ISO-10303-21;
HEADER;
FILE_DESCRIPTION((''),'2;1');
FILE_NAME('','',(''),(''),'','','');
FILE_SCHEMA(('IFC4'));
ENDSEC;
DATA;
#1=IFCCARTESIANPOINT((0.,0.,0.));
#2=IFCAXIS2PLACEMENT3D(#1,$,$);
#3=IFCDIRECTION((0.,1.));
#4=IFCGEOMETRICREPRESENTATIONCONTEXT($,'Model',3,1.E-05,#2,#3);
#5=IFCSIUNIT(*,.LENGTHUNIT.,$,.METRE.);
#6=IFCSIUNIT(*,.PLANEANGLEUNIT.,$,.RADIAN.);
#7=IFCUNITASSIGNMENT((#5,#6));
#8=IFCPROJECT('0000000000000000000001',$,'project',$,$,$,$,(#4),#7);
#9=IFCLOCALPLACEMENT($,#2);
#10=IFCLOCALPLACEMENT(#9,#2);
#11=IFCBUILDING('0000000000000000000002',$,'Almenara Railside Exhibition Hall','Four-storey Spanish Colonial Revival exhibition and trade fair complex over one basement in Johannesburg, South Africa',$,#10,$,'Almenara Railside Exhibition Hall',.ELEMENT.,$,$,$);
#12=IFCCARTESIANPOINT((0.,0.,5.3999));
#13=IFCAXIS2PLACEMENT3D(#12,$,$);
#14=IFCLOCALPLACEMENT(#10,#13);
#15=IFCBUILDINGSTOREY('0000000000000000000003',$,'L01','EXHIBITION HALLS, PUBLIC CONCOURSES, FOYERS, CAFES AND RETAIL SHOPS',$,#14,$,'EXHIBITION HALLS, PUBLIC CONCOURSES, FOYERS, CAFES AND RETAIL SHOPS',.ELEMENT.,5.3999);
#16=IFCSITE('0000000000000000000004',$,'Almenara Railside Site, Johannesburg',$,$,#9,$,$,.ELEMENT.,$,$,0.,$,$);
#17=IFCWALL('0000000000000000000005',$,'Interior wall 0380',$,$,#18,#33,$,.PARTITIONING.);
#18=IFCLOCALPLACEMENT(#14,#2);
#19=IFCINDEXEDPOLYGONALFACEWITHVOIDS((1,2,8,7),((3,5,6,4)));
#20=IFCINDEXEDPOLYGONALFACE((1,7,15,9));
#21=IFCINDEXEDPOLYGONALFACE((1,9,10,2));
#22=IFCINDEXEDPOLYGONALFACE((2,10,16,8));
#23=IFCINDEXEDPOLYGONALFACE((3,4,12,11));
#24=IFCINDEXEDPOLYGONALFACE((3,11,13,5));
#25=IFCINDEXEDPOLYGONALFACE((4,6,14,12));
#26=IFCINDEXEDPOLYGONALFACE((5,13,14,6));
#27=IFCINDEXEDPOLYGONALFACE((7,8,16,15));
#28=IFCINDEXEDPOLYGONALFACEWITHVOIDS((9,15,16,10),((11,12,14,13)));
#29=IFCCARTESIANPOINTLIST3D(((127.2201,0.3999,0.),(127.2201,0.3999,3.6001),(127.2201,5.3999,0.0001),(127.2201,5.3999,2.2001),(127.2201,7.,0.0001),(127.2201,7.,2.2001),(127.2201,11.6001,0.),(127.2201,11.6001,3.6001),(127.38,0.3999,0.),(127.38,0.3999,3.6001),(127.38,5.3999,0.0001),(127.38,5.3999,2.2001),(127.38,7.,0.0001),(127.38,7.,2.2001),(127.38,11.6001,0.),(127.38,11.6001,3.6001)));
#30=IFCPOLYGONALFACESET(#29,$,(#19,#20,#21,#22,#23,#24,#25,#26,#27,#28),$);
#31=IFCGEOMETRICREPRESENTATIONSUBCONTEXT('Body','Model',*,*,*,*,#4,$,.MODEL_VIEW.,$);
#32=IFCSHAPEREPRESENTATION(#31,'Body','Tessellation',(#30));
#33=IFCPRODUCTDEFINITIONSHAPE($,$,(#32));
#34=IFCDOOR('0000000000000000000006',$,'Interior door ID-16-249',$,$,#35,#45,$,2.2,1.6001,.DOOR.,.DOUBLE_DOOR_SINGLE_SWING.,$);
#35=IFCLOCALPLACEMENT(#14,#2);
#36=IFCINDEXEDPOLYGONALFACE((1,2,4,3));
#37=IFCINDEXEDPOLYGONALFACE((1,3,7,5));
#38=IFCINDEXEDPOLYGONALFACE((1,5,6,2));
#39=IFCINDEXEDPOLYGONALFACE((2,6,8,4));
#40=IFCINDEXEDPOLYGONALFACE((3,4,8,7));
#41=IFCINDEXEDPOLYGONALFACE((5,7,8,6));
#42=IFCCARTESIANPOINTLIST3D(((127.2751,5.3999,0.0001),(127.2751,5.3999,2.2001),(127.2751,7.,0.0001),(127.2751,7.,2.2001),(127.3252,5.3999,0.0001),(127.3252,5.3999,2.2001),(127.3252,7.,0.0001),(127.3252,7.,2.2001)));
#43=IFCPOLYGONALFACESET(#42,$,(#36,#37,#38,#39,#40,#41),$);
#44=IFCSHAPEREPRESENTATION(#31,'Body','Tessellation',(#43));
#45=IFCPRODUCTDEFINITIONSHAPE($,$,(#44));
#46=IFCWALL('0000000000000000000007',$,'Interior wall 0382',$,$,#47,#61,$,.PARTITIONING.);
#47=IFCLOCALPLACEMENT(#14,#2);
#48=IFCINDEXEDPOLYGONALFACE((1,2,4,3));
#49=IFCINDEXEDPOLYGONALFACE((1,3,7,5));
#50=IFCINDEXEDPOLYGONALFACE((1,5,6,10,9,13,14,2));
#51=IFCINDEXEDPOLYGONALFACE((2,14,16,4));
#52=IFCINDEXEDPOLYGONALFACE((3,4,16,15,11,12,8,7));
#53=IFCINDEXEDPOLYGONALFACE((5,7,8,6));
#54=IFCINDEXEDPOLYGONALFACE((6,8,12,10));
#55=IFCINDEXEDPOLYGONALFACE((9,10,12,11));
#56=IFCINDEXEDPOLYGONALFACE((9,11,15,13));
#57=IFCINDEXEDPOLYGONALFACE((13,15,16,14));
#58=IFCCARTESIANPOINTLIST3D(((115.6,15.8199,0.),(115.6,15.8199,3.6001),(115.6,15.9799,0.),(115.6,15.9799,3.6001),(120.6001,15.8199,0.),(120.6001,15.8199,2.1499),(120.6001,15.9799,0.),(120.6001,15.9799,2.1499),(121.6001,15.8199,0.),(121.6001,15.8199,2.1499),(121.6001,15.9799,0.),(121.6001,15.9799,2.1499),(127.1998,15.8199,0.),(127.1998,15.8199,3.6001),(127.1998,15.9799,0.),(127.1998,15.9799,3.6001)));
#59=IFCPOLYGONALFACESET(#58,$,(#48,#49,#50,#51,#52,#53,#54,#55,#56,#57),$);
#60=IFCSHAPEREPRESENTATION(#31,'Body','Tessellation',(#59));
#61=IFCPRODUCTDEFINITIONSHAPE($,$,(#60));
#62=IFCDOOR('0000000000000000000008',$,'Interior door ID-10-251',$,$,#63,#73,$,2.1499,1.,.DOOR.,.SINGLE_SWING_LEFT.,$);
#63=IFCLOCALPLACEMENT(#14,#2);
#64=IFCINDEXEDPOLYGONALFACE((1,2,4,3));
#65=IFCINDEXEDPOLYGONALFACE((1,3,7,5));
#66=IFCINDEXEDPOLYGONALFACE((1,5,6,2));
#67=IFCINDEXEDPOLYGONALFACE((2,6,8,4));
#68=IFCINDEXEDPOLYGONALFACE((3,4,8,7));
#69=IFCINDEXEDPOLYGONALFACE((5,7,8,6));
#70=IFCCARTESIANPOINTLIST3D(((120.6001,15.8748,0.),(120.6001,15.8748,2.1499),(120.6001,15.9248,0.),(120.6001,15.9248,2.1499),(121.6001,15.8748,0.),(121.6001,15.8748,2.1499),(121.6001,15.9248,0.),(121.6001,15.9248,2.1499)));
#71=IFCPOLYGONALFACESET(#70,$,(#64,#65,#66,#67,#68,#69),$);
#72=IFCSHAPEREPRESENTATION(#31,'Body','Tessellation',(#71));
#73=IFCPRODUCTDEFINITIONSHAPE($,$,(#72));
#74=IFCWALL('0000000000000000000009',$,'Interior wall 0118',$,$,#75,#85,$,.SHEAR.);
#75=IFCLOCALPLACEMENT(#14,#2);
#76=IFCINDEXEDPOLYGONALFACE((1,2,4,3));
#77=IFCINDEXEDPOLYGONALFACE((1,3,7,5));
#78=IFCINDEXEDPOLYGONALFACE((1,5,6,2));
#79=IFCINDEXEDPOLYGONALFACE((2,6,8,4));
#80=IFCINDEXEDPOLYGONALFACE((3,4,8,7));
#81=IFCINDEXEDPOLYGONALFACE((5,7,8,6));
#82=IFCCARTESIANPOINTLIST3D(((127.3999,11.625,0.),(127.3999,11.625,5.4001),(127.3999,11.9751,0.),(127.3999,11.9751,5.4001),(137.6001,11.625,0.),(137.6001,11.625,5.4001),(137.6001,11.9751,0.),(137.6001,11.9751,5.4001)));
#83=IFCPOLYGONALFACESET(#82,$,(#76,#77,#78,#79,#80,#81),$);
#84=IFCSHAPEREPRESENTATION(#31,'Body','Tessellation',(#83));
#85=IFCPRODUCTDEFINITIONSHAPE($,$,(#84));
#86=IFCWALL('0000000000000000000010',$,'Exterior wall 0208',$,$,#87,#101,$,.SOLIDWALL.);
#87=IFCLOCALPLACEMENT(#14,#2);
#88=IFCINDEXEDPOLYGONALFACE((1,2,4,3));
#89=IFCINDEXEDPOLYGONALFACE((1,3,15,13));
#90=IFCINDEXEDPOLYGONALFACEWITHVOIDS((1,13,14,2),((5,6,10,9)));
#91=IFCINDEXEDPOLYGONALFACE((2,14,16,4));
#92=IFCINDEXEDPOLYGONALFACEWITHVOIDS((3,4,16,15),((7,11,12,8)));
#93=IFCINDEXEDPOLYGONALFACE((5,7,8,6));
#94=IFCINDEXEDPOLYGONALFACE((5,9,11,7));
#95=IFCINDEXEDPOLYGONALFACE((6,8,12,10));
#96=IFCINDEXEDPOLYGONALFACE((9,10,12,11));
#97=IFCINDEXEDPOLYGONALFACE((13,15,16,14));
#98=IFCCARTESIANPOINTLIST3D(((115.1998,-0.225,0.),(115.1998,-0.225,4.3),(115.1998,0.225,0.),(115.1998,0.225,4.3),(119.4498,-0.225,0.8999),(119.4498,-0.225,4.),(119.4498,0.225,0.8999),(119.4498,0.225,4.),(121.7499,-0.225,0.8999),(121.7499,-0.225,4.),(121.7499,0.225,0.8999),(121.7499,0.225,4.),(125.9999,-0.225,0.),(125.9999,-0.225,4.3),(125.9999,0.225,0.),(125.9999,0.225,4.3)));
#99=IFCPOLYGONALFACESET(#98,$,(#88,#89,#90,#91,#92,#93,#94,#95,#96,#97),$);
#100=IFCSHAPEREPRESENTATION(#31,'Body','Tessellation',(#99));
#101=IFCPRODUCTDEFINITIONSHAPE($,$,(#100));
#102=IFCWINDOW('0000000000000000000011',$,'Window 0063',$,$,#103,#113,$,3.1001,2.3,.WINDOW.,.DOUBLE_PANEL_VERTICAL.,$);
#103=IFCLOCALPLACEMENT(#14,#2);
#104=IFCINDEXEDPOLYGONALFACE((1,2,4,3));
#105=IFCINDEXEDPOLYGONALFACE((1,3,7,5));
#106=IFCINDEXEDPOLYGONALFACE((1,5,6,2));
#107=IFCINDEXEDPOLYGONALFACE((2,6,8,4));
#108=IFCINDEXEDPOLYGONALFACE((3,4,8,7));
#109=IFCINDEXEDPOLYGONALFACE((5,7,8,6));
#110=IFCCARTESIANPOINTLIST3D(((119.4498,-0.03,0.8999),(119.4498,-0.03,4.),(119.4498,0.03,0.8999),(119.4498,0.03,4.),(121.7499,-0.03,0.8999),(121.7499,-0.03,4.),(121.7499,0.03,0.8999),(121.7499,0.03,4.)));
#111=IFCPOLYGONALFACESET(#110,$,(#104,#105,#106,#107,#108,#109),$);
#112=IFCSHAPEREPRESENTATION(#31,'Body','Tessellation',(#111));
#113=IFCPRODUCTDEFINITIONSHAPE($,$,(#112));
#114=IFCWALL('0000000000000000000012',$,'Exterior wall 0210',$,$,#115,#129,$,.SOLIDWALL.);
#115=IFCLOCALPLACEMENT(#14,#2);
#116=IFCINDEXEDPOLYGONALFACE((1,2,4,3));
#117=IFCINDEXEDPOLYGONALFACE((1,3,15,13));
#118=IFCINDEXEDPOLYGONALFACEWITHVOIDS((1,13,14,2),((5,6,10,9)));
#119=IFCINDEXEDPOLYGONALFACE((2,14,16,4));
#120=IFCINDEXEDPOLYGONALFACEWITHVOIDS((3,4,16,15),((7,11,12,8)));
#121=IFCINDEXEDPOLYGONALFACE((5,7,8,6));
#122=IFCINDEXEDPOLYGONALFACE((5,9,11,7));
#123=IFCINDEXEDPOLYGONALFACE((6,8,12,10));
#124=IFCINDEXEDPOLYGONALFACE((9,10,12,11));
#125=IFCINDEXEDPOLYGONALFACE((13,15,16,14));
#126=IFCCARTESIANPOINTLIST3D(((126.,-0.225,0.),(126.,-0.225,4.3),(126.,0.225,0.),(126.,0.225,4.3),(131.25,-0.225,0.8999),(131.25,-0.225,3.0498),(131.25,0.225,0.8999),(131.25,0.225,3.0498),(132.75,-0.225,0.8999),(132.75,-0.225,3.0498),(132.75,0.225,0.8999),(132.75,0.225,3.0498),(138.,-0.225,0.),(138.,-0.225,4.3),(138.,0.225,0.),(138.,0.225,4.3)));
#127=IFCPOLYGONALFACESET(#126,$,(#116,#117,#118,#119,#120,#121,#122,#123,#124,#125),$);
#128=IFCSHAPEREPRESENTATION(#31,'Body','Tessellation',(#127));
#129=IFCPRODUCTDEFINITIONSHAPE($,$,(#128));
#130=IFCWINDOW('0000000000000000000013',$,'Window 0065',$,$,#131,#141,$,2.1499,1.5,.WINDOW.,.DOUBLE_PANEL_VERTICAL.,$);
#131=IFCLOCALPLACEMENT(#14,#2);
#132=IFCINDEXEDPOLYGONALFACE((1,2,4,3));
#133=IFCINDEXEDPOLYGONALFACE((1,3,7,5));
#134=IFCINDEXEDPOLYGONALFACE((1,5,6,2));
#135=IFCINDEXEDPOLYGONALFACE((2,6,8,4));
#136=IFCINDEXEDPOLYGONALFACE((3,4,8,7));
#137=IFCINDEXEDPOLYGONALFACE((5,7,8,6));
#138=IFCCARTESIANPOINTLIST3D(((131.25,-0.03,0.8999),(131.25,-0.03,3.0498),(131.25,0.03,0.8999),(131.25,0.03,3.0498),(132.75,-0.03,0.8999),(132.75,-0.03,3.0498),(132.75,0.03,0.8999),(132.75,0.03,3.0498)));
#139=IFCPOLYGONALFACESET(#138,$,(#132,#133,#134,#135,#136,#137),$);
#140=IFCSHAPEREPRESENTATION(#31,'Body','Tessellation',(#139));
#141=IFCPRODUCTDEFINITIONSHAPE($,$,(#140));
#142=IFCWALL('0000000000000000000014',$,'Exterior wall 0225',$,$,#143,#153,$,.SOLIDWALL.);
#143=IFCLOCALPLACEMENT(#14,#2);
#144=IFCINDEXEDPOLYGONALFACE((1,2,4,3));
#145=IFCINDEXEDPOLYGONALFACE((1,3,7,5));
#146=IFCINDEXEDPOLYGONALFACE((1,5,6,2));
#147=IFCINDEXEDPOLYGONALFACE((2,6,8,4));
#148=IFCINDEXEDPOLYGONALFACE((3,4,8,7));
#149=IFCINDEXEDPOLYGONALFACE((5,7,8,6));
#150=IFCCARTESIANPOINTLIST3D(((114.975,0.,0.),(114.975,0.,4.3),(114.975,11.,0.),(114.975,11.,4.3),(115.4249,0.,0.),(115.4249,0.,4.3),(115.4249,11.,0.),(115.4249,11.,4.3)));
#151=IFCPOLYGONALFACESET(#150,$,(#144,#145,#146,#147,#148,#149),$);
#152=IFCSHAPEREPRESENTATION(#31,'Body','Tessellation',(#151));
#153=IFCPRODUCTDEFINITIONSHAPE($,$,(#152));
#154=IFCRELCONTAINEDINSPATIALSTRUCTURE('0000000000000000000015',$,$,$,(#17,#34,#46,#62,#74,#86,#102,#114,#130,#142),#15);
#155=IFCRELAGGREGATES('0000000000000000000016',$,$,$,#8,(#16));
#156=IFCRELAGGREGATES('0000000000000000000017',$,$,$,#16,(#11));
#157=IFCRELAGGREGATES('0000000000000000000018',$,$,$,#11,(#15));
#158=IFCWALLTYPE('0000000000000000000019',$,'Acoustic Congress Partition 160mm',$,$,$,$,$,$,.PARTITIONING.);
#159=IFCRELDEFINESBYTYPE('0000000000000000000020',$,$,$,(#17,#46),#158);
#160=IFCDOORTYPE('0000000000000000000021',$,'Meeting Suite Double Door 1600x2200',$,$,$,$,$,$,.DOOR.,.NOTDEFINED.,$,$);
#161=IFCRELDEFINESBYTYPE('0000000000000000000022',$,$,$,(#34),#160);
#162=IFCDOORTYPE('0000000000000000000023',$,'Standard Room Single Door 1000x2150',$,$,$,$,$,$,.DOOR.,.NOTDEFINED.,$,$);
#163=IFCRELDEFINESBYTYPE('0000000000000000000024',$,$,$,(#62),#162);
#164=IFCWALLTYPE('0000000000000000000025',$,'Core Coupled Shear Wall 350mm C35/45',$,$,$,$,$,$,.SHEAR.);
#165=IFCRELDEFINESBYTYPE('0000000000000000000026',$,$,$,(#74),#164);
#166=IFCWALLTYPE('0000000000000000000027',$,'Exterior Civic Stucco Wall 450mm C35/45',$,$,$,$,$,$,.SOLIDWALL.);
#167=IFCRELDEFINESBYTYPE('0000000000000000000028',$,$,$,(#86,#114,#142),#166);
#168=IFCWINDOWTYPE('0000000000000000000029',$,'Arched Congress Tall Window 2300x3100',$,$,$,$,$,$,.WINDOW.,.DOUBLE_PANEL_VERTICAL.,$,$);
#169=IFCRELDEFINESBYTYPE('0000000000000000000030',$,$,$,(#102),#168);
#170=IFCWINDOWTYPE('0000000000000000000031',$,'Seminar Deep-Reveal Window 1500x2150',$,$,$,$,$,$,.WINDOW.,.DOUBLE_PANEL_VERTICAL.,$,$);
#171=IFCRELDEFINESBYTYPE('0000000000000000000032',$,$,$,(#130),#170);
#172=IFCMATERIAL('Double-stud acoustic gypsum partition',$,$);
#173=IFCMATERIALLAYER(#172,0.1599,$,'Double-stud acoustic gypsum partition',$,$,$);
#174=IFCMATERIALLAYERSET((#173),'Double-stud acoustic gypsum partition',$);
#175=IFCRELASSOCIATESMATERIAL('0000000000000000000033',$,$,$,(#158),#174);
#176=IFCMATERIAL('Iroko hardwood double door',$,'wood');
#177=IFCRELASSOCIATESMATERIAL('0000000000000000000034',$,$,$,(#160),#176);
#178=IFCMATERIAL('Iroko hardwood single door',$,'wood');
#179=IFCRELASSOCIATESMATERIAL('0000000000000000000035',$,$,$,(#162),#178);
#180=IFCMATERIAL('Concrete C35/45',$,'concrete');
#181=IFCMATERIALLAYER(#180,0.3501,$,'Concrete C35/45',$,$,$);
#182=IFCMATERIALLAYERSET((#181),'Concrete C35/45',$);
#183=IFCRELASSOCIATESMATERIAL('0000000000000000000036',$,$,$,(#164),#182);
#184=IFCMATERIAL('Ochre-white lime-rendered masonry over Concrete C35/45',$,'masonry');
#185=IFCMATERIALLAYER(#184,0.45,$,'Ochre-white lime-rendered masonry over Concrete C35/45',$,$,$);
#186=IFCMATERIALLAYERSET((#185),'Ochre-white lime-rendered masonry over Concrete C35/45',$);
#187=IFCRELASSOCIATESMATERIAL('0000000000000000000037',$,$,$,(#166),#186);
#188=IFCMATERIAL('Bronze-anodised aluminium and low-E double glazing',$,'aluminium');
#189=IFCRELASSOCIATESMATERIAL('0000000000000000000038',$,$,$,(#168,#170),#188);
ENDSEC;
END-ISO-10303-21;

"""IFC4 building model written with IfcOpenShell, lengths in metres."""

from ifc_helpers import new_model, si_unit, direction, frame, frame_2d, origin, place, context, subcontext, project, spatial, rectangle, extrude, material, layer, layer_set, type_object, element, fill, save


model = new_model("IFC4")

# Units and contexts
model_context = context("Model", 3, precision=1e-05, world=origin(), true_north=direction((0.0, 1.0)))
body_context = subcontext(model_context, "Body", "Model", "MODEL_VIEW")
ifc_project = project(units=[si_unit("LENGTHUNIT", "METRE"), si_unit("PLANEANGLEUNIT", "RADIAN")], contexts=[model_context])

# Site, building, storey
site_placement = place(None, origin())
site = spatial("IfcSite", under=ifc_project, at=site_placement, Name="Almenara Railside Site, Johannesburg", CompositionType="ELEMENT", RefElevation=0.0)
building_placement = place(site_placement, origin())
building = spatial("IfcBuilding", under=site, at=building_placement, Name="Almenara Railside Exhibition Hall", Description="Four-storey Spanish Colonial Revival exhibition and trade fair complex over one basement in Johannesburg, South Africa", LongName="Almenara Railside Exhibition Hall", CompositionType="ELEMENT")
storey_placement = place(building_placement, frame((0.0, 0.0, 5.3999)))
storey = spatial("IfcBuildingStorey", under=building, at=storey_placement, Name="L01", Description="EXHIBITION HALLS, PUBLIC CONCOURSES, FOYERS, CAFES AND RETAIL SHOPS", LongName="EXHIBITION HALLS, PUBLIC CONCOURSES, FOYERS, CAFES AND RETAIL SHOPS", CompositionType="ELEMENT", Elevation=5.3999)

# Shared definitions
ifc_material_1 = material(Name="Concrete C35/45", Category="concrete")

# Walls, openings, doors
ifc_material_2 = material(Name="Double-stud acoustic gypsum partition")
ifc_layer_1 = layer(ifc_material_2, 0.1599, Name="Double-stud acoustic gypsum partition")
ifc_layer_set_1 = layer_set([ifc_layer_1], Name="Double-stud acoustic gypsum partition")
wall_type_1 = type_object("IfcWallType", Name="Acoustic Congress Partition 160mm", PredefinedType="PARTITIONING", material=ifc_layer_set_1)
wall_1_placement = place(storey_placement, frame((127.3, 0.3999, 0.0), z_axis=(0.0, 0.0, 1.0), x_axis=(0.0, 1.0, 0.0)))
wall_1 = element("IfcWall", 1, at=wall_1_placement, inside=storey, type_object=wall_type_1, Name="Interior wall 0380", PredefinedType="PARTITIONING", context=body_context, shape_type="SweptSolid", body=[
    extrude(rectangle(XDim=11.2002, YDim=0.1599, at=frame_2d((5.6001, 0.0))), origin(), (0.0, 0.0, 1.0), 3.6001),
])
opening_1_placement = place(wall_1_placement, frame((5.0, 0.0, 0.0)))
opening_1 = element("IfcOpeningElement", 2, at=opening_1_placement, cuts=wall_1, PredefinedType="OPENING", context=body_context, shape_type="SweptSolid", body=[
    extrude(rectangle(XDim=1.6001, YDim=2.2, at=frame_2d((0.8, 1.1001))), frame((0.0, 0.0898, 0.0), z_axis=(0.0, -1.0, 0.0), x_axis=(1.0, 0.0, 0.0)), (0.0, 0.0, 1.0), 0.1799),
])
ifc_material_3 = material(Name="Iroko hardwood double door", Category="wood")
door_type_1 = type_object("IfcDoorType", Name="Meeting Suite Double Door 1600x2200", OperationType="NOTDEFINED", PredefinedType="DOOR", material=ifc_material_3)
door_1_placement = place(opening_1_placement, origin())
door_1 = element("IfcDoor", 3, at=door_1_placement, inside=storey, type_object=door_type_1, Name="Interior door ID-16-249", OperationType="DOUBLE_DOOR_SINGLE_SWING", OverallHeight=2.2, OverallWidth=1.6001, PredefinedType="DOOR", context=body_context, shape_type="SweptSolid", body=[
    extrude(rectangle(XDim=1.6001, YDim=2.2, at=frame_2d((0.8, 1.1001))), frame((0.0, 0.0249, 0.0), z_axis=(0.0, -1.0, 0.0), x_axis=(1.0, 0.0, 0.0)), (0.0, 0.0, 1.0), 0.05),
])
fill(opening_1, door_1)
wall_2_placement = place(storey_placement, frame((115.6001, 15.8999, 0.0), z_axis=(0.0, 0.0, 1.0), x_axis=(1.0, 0.0, 0.0)))
wall_2 = element("IfcWall", 4, at=wall_2_placement, inside=storey, type_object=wall_type_1, Name="Interior wall 0382", PredefinedType="PARTITIONING", context=body_context, shape_type="SweptSolid", body=[
    extrude(rectangle(XDim=11.5999, YDim=0.1599, at=frame_2d((5.7998, 0.0))), origin(), (0.0, 0.0, 1.0), 3.6001),
])
opening_2_placement = place(wall_2_placement, frame((5.0, 0.0, 0.0)))
opening_2 = element("IfcOpeningElement", 5, at=opening_2_placement, cuts=wall_2, PredefinedType="OPENING", context=body_context, shape_type="SweptSolid", body=[
    extrude(rectangle(XDim=1.0, YDim=2.1499, at=frame_2d((0.5, 1.075))), frame((0.0, 0.0898, 0.0), z_axis=(0.0, -1.0, 0.0), x_axis=(1.0, 0.0, 0.0)), (0.0, 0.0, 1.0), 0.1799),
])
ifc_material_4 = material(Name="Iroko hardwood single door", Category="wood")
door_type_2 = type_object("IfcDoorType", Name="Standard Room Single Door 1000x2150", OperationType="NOTDEFINED", PredefinedType="DOOR", material=ifc_material_4)
door_2_placement = place(opening_2_placement, origin())
door_2 = element("IfcDoor", 6, at=door_2_placement, inside=storey, type_object=door_type_2, Name="Interior door ID-10-251", OperationType="SINGLE_SWING_LEFT", OverallHeight=2.1499, OverallWidth=1.0, PredefinedType="DOOR", context=body_context, shape_type="SweptSolid", body=[
    extrude(rectangle(XDim=1.0, YDim=2.1499, at=frame_2d((0.5, 1.075))), frame((0.0, 0.0249, 0.0), z_axis=(0.0, -1.0, 0.0), x_axis=(1.0, 0.0, 0.0)), (0.0, 0.0, 1.0), 0.05),
])
fill(opening_2, door_2)

# Wall
ifc_layer_2 = layer(ifc_material_1, 0.3501, Name="Concrete C35/45")
ifc_layer_set_2 = layer_set([ifc_layer_2], Name="Concrete C35/45")
wall_type_2 = type_object("IfcWallType", Name="Core Coupled Shear Wall 350mm C35/45", PredefinedType="SHEAR", material=ifc_layer_set_2)
wall_3_placement = place(storey_placement, frame((127.3999, 11.8, 0.0), z_axis=(0.0, 0.0, 1.0), x_axis=(1.0, 0.0, 0.0)))
element("IfcWall", 7, at=wall_3_placement, inside=storey, type_object=wall_type_2, Name="Interior wall 0118", PredefinedType="SHEAR", context=body_context, shape_type="SweptSolid", body=[
    extrude(rectangle(XDim=10.2002, YDim=0.3501, at=frame_2d((5.1001, 0.0))), origin(), (0.0, 0.0, 1.0), 5.4001),
])

# Walls, openings, windows
ifc_material_5 = material(Name="Ochre-white lime-rendered masonry over Concrete C35/45", Category="masonry")
ifc_layer_3 = layer(ifc_material_5, 0.45, Name="Ochre-white lime-rendered masonry over Concrete C35/45")
ifc_layer_set_3 = layer_set([ifc_layer_3], Name="Ochre-white lime-rendered masonry over Concrete C35/45")
wall_type_3 = type_object("IfcWallType", Name="Exterior Civic Stucco Wall 450mm C35/45", PredefinedType="SOLIDWALL", material=ifc_layer_set_3)
wall_4_placement = place(storey_placement, frame((115.2, 0.0, 0.0), z_axis=(0.0, 0.0, 1.0), x_axis=(1.0, 0.0, 0.0)))
wall_4 = element("IfcWall", 8, at=wall_4_placement, inside=storey, type_object=wall_type_3, Name="Exterior wall 0208", PredefinedType="SOLIDWALL", context=body_context, shape_type="SweptSolid", body=[
    extrude(rectangle(XDim=10.8, YDim=0.45, at=frame_2d((5.3999, 0.0))), origin(), (0.0, 0.0, 1.0), 4.3),
])
opening_3_placement = place(wall_4_placement, frame((4.25, 0.0, 0.8999)))
opening_3 = element("IfcOpeningElement", 9, at=opening_3_placement, cuts=wall_4, PredefinedType="OPENING", context=body_context, shape_type="SweptSolid", body=[
    extrude(rectangle(XDim=2.3, YDim=3.1001, at=frame_2d((1.1499, 1.55))), frame((0.0, 0.2349, 0.0), z_axis=(0.0, -1.0, 0.0), x_axis=(1.0, 0.0, 0.0)), (0.0, 0.0, 1.0), 0.47),
])
ifc_material_6 = material(Name="Bronze-anodised aluminium and low-E double glazing", Category="aluminium")
window_type_1 = type_object("IfcWindowType", Name="Arched Congress Tall Window 2300x3100", PartitioningType="DOUBLE_PANEL_VERTICAL", PredefinedType="WINDOW", material=ifc_material_6)
window_1_placement = place(opening_3_placement, origin())
window_1 = element("IfcWindow", 10, at=window_1_placement, inside=storey, type_object=window_type_1, Name="Window 0063", OverallHeight=3.1001, OverallWidth=2.3, PartitioningType="DOUBLE_PANEL_VERTICAL", PredefinedType="WINDOW", context=body_context, shape_type="SweptSolid", body=[
    extrude(rectangle(XDim=2.3, YDim=3.1001, at=frame_2d((1.1499, 1.55))), frame((0.0, 0.03, 0.0), z_axis=(0.0, -1.0, 0.0), x_axis=(1.0, 0.0, 0.0)), (0.0, 0.0, 1.0), 0.0601),
])
fill(opening_3, window_1)
wall_5_placement = place(storey_placement, frame((126.0, 0.0, 0.0), z_axis=(0.0, 0.0, 1.0), x_axis=(1.0, 0.0, 0.0)))
wall_5 = element("IfcWall", 11, at=wall_5_placement, inside=storey, type_object=wall_type_3, Name="Exterior wall 0210", PredefinedType="SOLIDWALL", context=body_context, shape_type="SweptSolid", body=[
    extrude(rectangle(XDim=12.0, YDim=0.45, at=frame_2d((6.0, 0.0))), origin(), (0.0, 0.0, 1.0), 4.3),
])
opening_4_placement = place(wall_5_placement, frame((5.25, 0.0, 0.8999)))
opening_4 = element("IfcOpeningElement", 12, at=opening_4_placement, cuts=wall_5, PredefinedType="OPENING", context=body_context, shape_type="SweptSolid", body=[
    extrude(rectangle(XDim=1.5, YDim=2.1499, at=frame_2d((0.75, 1.075))), frame((0.0, 0.2349, 0.0), z_axis=(0.0, -1.0, 0.0), x_axis=(1.0, 0.0, 0.0)), (0.0, 0.0, 1.0), 0.47),
])
window_type_2 = type_object("IfcWindowType", Name="Seminar Deep-Reveal Window 1500x2150", PartitioningType="DOUBLE_PANEL_VERTICAL", PredefinedType="WINDOW", material=ifc_material_6)
window_2_placement = place(opening_4_placement, origin())
window_2 = element("IfcWindow", 13, at=window_2_placement, inside=storey, type_object=window_type_2, Name="Window 0065", OverallHeight=2.1499, OverallWidth=1.5, PartitioningType="DOUBLE_PANEL_VERTICAL", PredefinedType="WINDOW", context=body_context, shape_type="SweptSolid", body=[
    extrude(rectangle(XDim=1.5, YDim=2.1499, at=frame_2d((0.75, 1.075))), frame((0.0, 0.03, 0.0), z_axis=(0.0, -1.0, 0.0), x_axis=(1.0, 0.0, 0.0)), (0.0, 0.0, 1.0), 0.0601),
])
fill(opening_4, window_2)

# Wall
wall_6_placement = place(storey_placement, frame((115.2, 11.0, 0.0), z_axis=(0.0, 0.0, 1.0), x_axis=(0.0, -1.0, 0.0)))
element("IfcWall", 14, at=wall_6_placement, inside=storey, type_object=wall_type_3, Name="Exterior wall 0225", PredefinedType="SOLIDWALL", context=body_context, shape_type="SweptSolid", body=[
    extrude(rectangle(XDim=11.0, YDim=0.45, at=frame_2d((5.5, 0.0))), origin(), (0.0, 0.0, 1.0), 4.3),
])

save(model, "model.ifc")
